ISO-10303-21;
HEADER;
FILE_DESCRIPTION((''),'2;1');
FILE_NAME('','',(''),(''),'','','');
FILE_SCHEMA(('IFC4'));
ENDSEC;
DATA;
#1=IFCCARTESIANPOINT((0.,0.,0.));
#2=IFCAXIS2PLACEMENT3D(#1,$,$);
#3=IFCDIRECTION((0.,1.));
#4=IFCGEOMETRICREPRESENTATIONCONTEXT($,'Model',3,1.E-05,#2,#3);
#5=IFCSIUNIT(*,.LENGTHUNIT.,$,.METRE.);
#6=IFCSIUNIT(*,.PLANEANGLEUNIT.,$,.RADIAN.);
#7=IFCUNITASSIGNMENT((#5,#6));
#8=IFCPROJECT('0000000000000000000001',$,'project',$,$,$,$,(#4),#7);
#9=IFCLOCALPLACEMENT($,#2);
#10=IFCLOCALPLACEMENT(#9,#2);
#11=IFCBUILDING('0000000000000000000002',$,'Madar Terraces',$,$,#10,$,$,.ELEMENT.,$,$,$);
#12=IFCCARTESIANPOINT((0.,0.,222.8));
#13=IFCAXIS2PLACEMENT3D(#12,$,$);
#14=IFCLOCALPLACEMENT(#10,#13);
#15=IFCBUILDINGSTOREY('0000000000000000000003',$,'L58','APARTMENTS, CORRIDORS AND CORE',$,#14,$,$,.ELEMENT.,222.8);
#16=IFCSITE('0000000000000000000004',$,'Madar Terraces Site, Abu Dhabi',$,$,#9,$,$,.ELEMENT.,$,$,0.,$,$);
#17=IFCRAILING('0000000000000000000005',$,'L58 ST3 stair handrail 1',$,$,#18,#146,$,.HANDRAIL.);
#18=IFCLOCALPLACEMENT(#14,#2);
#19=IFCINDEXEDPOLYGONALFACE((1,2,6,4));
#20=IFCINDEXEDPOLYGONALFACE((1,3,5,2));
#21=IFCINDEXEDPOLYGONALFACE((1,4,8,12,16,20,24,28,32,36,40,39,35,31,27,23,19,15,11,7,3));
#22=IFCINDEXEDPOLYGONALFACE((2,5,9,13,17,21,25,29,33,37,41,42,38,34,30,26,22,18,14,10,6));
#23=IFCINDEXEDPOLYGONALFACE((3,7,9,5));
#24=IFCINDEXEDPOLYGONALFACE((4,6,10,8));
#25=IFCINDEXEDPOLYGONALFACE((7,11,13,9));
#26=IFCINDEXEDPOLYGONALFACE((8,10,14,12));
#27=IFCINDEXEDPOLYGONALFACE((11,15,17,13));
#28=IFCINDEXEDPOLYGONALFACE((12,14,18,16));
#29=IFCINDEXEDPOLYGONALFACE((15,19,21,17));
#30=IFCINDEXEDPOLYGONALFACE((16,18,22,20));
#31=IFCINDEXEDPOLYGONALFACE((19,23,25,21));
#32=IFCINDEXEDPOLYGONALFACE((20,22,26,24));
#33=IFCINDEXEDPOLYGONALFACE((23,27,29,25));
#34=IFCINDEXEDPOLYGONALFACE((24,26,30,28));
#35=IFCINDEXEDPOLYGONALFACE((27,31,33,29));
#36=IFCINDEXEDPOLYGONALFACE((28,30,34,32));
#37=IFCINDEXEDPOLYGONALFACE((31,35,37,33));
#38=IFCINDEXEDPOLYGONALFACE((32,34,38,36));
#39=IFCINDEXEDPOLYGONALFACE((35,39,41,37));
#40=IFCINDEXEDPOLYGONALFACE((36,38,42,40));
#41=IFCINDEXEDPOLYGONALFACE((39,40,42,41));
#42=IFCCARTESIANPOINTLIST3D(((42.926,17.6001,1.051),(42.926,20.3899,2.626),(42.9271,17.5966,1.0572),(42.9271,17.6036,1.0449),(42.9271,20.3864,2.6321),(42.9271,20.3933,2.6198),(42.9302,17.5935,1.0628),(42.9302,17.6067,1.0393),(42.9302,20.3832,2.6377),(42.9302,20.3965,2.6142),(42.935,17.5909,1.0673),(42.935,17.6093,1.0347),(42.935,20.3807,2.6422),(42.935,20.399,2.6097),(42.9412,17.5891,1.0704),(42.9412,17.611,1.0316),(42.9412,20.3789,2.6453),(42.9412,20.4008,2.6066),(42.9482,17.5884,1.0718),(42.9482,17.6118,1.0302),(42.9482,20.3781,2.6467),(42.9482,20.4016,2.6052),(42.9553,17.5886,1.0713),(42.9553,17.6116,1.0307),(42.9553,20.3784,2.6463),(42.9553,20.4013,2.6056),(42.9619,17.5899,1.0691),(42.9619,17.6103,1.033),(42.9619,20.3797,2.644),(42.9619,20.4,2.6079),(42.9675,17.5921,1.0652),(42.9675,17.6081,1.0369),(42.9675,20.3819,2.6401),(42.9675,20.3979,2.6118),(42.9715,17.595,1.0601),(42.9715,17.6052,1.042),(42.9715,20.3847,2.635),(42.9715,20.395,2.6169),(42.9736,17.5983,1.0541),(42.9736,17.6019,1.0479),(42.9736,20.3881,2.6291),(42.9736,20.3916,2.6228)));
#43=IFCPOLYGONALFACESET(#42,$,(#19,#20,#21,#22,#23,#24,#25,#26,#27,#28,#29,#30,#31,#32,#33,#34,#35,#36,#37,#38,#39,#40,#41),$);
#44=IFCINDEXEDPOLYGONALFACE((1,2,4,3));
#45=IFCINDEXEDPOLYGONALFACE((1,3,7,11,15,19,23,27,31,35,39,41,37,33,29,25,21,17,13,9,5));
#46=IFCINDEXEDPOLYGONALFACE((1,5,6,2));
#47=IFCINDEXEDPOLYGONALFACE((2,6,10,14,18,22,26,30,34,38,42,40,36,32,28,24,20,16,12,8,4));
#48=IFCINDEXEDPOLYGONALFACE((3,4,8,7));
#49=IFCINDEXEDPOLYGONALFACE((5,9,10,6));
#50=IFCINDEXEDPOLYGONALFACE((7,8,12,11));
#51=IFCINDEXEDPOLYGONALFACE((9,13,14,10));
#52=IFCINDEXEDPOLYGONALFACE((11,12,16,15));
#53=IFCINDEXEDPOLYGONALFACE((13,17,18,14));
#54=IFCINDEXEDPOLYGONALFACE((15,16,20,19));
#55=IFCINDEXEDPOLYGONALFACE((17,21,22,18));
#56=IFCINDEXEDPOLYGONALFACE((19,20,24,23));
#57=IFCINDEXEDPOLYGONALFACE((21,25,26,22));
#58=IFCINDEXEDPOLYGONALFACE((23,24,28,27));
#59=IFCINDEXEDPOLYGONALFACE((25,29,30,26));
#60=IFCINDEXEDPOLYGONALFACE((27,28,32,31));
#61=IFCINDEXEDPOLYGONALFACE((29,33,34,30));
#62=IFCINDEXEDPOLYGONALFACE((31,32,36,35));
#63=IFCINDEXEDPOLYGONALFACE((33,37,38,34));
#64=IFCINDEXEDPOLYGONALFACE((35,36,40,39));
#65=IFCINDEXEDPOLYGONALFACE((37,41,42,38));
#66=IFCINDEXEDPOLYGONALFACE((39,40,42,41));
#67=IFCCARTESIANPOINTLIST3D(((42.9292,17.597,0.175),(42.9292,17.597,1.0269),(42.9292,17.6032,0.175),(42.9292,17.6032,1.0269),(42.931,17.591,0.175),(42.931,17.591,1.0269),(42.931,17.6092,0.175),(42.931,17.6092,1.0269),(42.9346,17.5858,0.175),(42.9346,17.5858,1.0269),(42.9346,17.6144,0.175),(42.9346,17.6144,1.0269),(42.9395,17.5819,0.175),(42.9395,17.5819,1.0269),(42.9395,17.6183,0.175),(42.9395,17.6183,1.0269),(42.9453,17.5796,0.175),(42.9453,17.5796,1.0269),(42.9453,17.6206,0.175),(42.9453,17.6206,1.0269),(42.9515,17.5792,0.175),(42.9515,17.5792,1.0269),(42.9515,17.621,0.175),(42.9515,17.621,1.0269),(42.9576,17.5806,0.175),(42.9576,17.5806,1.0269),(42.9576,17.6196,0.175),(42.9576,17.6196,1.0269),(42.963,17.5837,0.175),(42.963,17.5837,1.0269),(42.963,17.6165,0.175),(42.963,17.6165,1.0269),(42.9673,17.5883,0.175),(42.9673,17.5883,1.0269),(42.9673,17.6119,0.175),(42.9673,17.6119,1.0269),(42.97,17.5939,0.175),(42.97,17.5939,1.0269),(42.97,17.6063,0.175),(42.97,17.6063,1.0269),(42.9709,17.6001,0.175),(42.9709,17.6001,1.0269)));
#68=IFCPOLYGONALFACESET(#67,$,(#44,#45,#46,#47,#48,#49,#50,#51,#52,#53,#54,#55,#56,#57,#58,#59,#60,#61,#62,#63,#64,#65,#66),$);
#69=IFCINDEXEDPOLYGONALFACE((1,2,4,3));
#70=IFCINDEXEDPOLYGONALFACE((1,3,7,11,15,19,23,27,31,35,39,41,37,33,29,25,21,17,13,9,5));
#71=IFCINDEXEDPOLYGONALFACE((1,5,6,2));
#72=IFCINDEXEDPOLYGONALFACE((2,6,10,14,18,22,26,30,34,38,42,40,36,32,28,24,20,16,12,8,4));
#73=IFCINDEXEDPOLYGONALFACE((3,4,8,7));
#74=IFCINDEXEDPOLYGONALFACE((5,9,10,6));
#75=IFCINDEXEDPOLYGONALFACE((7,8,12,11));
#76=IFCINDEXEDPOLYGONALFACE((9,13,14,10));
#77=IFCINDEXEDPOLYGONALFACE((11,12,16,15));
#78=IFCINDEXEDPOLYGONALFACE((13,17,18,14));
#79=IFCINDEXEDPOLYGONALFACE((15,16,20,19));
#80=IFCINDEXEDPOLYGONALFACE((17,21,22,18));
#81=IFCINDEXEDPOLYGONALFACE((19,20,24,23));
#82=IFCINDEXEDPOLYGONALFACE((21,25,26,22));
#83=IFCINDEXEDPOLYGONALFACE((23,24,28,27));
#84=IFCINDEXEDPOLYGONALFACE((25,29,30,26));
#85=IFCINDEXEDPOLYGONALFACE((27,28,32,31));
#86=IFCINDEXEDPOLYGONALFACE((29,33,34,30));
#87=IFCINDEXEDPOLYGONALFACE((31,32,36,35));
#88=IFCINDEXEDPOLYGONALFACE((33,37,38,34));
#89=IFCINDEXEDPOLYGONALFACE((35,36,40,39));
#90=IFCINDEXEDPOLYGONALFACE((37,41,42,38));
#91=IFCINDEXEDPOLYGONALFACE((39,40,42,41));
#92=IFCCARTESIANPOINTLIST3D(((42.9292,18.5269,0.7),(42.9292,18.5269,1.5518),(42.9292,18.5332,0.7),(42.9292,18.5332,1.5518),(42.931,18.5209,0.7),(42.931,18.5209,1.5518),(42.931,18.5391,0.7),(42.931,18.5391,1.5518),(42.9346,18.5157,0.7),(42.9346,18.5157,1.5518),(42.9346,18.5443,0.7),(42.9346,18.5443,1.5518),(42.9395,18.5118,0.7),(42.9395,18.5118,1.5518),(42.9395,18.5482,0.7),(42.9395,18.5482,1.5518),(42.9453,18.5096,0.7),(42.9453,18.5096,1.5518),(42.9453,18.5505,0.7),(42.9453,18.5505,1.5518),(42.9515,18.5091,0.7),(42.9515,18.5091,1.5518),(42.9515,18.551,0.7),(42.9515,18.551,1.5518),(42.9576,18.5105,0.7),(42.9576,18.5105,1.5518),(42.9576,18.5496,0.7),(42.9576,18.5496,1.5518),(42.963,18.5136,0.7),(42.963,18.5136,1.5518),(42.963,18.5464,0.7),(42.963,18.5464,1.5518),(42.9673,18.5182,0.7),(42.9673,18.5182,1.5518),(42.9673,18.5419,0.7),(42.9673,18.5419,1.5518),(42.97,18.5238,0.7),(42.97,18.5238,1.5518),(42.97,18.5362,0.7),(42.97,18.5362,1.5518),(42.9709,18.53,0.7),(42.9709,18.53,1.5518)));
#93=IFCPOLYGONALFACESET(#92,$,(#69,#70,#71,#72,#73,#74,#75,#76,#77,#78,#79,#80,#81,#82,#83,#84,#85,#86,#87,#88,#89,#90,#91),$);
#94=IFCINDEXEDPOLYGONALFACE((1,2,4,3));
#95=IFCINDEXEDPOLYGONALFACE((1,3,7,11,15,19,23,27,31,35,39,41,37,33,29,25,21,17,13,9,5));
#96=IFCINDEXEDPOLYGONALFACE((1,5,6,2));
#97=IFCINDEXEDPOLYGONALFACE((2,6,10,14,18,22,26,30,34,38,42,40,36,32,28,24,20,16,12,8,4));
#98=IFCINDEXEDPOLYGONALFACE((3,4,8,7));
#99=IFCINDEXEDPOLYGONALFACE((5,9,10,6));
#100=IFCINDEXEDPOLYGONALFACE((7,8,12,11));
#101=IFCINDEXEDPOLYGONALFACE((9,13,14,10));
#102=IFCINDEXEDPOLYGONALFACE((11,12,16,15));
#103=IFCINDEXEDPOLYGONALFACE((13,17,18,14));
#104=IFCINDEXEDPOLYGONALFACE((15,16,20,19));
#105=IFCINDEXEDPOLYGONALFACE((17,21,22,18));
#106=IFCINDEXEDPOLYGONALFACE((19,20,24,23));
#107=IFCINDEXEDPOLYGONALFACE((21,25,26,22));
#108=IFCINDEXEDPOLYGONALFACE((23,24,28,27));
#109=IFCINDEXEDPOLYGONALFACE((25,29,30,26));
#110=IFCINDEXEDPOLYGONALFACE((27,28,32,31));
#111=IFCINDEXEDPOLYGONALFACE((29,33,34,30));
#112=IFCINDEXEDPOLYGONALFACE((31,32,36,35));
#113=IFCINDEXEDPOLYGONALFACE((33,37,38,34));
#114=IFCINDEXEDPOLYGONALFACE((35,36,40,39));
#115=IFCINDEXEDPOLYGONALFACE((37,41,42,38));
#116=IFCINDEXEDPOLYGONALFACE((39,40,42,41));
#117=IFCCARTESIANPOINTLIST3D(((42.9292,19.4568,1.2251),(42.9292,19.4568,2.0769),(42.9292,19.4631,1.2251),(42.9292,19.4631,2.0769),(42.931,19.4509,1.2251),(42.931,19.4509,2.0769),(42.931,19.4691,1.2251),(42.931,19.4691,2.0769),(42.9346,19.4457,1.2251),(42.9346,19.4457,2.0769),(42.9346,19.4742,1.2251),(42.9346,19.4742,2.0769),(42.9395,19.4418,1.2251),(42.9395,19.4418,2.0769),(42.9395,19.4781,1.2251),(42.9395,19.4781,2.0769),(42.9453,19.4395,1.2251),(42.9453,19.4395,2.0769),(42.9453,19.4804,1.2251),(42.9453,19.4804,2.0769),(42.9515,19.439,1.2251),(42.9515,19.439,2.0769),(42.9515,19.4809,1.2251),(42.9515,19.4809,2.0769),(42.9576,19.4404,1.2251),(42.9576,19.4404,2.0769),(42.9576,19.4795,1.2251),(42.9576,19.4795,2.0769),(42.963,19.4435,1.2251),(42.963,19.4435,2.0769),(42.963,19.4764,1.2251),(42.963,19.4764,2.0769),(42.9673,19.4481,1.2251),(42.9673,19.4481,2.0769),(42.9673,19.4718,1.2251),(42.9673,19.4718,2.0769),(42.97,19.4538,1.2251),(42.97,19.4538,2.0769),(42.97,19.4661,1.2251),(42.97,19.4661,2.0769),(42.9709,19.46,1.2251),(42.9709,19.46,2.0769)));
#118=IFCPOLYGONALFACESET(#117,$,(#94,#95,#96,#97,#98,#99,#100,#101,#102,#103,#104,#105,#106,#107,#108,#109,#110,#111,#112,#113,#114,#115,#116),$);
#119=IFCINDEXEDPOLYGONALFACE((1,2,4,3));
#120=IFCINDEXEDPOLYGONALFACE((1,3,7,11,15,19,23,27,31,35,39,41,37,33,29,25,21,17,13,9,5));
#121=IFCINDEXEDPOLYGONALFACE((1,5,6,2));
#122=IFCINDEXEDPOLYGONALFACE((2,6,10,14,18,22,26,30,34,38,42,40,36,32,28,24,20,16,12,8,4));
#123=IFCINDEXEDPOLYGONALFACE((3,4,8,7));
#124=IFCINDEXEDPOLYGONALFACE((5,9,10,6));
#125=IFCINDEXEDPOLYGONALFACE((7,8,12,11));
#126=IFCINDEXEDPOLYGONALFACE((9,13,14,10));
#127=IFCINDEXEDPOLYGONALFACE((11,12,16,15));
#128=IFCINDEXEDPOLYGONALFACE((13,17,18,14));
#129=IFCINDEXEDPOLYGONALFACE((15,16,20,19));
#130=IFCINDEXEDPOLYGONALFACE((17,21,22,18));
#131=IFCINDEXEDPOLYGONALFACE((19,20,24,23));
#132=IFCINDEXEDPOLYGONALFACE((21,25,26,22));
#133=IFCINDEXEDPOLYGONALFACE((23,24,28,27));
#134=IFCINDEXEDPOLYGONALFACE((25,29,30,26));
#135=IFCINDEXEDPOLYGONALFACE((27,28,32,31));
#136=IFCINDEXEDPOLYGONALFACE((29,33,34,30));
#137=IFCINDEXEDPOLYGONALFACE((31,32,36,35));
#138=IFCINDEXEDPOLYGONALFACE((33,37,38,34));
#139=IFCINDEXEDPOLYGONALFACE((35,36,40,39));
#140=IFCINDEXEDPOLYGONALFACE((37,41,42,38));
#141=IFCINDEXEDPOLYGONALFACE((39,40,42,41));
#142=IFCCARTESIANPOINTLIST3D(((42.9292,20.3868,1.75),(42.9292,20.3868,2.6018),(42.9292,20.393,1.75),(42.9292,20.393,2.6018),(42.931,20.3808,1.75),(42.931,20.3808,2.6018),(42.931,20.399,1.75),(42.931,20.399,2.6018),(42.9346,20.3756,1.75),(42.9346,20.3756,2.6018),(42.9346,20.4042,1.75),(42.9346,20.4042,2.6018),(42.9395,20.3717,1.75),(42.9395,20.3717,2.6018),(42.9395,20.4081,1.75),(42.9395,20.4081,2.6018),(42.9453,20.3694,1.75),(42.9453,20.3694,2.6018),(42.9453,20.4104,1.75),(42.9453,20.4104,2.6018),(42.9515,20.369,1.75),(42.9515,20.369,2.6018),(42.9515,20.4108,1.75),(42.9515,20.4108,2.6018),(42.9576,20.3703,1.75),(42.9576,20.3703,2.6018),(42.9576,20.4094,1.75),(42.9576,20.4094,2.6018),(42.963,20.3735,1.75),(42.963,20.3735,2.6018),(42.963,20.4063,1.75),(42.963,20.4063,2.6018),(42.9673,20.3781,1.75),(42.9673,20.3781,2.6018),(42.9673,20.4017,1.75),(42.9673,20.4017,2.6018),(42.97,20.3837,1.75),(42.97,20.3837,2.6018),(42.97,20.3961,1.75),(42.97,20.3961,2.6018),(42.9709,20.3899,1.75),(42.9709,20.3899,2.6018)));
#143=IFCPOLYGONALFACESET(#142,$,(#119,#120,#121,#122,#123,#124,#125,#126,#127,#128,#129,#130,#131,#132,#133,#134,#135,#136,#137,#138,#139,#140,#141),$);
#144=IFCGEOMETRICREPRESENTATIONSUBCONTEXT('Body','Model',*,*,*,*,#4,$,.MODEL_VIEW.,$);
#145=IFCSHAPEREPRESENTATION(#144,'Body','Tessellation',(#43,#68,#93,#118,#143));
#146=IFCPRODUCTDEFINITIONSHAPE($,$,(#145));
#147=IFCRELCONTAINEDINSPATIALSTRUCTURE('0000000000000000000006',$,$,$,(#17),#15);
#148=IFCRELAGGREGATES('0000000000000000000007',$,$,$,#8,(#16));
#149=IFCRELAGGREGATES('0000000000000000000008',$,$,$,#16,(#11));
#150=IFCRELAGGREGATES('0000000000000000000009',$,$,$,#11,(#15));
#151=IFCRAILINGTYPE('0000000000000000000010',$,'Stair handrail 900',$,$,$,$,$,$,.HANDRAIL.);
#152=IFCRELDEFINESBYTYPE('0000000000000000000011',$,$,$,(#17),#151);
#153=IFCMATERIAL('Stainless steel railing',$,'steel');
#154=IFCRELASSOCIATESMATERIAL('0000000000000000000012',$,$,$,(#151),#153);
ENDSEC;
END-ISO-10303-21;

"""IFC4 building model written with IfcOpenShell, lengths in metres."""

from ifc_helpers import new_model, si_unit, direction, frame, origin, origin_2d, place, context, subcontext, project, spatial, circle, extrude, material, type_object, element, save


model = new_model("IFC4")

# Units and contexts
model_context = context("Model", 3, precision=1e-05, world=origin(), true_north=direction((0.0, 1.0)))
body_context = subcontext(model_context, "Body", "Model", "MODEL_VIEW")
ifc_project = project(units=[si_unit("LENGTHUNIT", "METRE"), si_unit("PLANEANGLEUNIT", "RADIAN")], contexts=[model_context])

# Site, building, storey
site_placement = place(None, origin())
site = spatial("IfcSite", under=ifc_project, at=site_placement, Name="Madar Terraces Site, Abu Dhabi", CompositionType="ELEMENT", RefElevation=0.0)
building_placement = place(site_placement, origin())
building = spatial("IfcBuilding", under=site, at=building_placement, Name="Madar Terraces", CompositionType="ELEMENT")
storey_placement = place(building_placement, frame((0.0, 0.0, 222.8)))
storey = spatial("IfcBuildingStorey", under=building, at=storey_placement, Name="L58", Description="APARTMENTS, CORRIDORS AND CORE", CompositionType="ELEMENT", Elevation=222.8)

# Railing
ifc_material_1 = material(Name="Stainless steel railing", Category="steel")
railing_type_1 = type_object("IfcRailingType", Name="Stair handrail 900", PredefinedType="HANDRAIL", material=ifc_material_1)
railing_1_placement = place(storey_placement, frame((42.95, 17.6001, 0.175)))
element("IfcRailing", 1, at=railing_1_placement, inside=storey, type_object=railing_type_1, Name="L58 ST3 stair handrail 1", PredefinedType="HANDRAIL", context=body_context, shape_type="SweptSolid", body=[
    extrude(circle(Radius=0.0239, at=origin_2d()), frame((0.0, 0.0, 0.876), z_axis=(0.0, 0.870815, 0.49161), x_axis=(-1.0, 0.0, 0.0)), (0.0, 0.0, 1.0), 3.2036),
    extrude(circle(Radius=0.021, at=origin_2d()), origin(), (0.0, 0.0, 1.0), 0.8518),
    extrude(circle(Radius=0.021, at=origin_2d()), frame((0.0, 0.9299, 0.5249)), (0.0, 0.0, 1.0), 0.8518),
    extrude(circle(Radius=0.021, at=origin_2d()), frame((0.0, 1.8599, 1.05)), (0.0, 0.0, 1.0), 0.8518),
    extrude(circle(Radius=0.021, at=origin_2d()), frame((0.0, 2.7898, 1.575)), (0.0, 0.0, 1.0), 0.8518),
])

save(model, "model.ifc")
